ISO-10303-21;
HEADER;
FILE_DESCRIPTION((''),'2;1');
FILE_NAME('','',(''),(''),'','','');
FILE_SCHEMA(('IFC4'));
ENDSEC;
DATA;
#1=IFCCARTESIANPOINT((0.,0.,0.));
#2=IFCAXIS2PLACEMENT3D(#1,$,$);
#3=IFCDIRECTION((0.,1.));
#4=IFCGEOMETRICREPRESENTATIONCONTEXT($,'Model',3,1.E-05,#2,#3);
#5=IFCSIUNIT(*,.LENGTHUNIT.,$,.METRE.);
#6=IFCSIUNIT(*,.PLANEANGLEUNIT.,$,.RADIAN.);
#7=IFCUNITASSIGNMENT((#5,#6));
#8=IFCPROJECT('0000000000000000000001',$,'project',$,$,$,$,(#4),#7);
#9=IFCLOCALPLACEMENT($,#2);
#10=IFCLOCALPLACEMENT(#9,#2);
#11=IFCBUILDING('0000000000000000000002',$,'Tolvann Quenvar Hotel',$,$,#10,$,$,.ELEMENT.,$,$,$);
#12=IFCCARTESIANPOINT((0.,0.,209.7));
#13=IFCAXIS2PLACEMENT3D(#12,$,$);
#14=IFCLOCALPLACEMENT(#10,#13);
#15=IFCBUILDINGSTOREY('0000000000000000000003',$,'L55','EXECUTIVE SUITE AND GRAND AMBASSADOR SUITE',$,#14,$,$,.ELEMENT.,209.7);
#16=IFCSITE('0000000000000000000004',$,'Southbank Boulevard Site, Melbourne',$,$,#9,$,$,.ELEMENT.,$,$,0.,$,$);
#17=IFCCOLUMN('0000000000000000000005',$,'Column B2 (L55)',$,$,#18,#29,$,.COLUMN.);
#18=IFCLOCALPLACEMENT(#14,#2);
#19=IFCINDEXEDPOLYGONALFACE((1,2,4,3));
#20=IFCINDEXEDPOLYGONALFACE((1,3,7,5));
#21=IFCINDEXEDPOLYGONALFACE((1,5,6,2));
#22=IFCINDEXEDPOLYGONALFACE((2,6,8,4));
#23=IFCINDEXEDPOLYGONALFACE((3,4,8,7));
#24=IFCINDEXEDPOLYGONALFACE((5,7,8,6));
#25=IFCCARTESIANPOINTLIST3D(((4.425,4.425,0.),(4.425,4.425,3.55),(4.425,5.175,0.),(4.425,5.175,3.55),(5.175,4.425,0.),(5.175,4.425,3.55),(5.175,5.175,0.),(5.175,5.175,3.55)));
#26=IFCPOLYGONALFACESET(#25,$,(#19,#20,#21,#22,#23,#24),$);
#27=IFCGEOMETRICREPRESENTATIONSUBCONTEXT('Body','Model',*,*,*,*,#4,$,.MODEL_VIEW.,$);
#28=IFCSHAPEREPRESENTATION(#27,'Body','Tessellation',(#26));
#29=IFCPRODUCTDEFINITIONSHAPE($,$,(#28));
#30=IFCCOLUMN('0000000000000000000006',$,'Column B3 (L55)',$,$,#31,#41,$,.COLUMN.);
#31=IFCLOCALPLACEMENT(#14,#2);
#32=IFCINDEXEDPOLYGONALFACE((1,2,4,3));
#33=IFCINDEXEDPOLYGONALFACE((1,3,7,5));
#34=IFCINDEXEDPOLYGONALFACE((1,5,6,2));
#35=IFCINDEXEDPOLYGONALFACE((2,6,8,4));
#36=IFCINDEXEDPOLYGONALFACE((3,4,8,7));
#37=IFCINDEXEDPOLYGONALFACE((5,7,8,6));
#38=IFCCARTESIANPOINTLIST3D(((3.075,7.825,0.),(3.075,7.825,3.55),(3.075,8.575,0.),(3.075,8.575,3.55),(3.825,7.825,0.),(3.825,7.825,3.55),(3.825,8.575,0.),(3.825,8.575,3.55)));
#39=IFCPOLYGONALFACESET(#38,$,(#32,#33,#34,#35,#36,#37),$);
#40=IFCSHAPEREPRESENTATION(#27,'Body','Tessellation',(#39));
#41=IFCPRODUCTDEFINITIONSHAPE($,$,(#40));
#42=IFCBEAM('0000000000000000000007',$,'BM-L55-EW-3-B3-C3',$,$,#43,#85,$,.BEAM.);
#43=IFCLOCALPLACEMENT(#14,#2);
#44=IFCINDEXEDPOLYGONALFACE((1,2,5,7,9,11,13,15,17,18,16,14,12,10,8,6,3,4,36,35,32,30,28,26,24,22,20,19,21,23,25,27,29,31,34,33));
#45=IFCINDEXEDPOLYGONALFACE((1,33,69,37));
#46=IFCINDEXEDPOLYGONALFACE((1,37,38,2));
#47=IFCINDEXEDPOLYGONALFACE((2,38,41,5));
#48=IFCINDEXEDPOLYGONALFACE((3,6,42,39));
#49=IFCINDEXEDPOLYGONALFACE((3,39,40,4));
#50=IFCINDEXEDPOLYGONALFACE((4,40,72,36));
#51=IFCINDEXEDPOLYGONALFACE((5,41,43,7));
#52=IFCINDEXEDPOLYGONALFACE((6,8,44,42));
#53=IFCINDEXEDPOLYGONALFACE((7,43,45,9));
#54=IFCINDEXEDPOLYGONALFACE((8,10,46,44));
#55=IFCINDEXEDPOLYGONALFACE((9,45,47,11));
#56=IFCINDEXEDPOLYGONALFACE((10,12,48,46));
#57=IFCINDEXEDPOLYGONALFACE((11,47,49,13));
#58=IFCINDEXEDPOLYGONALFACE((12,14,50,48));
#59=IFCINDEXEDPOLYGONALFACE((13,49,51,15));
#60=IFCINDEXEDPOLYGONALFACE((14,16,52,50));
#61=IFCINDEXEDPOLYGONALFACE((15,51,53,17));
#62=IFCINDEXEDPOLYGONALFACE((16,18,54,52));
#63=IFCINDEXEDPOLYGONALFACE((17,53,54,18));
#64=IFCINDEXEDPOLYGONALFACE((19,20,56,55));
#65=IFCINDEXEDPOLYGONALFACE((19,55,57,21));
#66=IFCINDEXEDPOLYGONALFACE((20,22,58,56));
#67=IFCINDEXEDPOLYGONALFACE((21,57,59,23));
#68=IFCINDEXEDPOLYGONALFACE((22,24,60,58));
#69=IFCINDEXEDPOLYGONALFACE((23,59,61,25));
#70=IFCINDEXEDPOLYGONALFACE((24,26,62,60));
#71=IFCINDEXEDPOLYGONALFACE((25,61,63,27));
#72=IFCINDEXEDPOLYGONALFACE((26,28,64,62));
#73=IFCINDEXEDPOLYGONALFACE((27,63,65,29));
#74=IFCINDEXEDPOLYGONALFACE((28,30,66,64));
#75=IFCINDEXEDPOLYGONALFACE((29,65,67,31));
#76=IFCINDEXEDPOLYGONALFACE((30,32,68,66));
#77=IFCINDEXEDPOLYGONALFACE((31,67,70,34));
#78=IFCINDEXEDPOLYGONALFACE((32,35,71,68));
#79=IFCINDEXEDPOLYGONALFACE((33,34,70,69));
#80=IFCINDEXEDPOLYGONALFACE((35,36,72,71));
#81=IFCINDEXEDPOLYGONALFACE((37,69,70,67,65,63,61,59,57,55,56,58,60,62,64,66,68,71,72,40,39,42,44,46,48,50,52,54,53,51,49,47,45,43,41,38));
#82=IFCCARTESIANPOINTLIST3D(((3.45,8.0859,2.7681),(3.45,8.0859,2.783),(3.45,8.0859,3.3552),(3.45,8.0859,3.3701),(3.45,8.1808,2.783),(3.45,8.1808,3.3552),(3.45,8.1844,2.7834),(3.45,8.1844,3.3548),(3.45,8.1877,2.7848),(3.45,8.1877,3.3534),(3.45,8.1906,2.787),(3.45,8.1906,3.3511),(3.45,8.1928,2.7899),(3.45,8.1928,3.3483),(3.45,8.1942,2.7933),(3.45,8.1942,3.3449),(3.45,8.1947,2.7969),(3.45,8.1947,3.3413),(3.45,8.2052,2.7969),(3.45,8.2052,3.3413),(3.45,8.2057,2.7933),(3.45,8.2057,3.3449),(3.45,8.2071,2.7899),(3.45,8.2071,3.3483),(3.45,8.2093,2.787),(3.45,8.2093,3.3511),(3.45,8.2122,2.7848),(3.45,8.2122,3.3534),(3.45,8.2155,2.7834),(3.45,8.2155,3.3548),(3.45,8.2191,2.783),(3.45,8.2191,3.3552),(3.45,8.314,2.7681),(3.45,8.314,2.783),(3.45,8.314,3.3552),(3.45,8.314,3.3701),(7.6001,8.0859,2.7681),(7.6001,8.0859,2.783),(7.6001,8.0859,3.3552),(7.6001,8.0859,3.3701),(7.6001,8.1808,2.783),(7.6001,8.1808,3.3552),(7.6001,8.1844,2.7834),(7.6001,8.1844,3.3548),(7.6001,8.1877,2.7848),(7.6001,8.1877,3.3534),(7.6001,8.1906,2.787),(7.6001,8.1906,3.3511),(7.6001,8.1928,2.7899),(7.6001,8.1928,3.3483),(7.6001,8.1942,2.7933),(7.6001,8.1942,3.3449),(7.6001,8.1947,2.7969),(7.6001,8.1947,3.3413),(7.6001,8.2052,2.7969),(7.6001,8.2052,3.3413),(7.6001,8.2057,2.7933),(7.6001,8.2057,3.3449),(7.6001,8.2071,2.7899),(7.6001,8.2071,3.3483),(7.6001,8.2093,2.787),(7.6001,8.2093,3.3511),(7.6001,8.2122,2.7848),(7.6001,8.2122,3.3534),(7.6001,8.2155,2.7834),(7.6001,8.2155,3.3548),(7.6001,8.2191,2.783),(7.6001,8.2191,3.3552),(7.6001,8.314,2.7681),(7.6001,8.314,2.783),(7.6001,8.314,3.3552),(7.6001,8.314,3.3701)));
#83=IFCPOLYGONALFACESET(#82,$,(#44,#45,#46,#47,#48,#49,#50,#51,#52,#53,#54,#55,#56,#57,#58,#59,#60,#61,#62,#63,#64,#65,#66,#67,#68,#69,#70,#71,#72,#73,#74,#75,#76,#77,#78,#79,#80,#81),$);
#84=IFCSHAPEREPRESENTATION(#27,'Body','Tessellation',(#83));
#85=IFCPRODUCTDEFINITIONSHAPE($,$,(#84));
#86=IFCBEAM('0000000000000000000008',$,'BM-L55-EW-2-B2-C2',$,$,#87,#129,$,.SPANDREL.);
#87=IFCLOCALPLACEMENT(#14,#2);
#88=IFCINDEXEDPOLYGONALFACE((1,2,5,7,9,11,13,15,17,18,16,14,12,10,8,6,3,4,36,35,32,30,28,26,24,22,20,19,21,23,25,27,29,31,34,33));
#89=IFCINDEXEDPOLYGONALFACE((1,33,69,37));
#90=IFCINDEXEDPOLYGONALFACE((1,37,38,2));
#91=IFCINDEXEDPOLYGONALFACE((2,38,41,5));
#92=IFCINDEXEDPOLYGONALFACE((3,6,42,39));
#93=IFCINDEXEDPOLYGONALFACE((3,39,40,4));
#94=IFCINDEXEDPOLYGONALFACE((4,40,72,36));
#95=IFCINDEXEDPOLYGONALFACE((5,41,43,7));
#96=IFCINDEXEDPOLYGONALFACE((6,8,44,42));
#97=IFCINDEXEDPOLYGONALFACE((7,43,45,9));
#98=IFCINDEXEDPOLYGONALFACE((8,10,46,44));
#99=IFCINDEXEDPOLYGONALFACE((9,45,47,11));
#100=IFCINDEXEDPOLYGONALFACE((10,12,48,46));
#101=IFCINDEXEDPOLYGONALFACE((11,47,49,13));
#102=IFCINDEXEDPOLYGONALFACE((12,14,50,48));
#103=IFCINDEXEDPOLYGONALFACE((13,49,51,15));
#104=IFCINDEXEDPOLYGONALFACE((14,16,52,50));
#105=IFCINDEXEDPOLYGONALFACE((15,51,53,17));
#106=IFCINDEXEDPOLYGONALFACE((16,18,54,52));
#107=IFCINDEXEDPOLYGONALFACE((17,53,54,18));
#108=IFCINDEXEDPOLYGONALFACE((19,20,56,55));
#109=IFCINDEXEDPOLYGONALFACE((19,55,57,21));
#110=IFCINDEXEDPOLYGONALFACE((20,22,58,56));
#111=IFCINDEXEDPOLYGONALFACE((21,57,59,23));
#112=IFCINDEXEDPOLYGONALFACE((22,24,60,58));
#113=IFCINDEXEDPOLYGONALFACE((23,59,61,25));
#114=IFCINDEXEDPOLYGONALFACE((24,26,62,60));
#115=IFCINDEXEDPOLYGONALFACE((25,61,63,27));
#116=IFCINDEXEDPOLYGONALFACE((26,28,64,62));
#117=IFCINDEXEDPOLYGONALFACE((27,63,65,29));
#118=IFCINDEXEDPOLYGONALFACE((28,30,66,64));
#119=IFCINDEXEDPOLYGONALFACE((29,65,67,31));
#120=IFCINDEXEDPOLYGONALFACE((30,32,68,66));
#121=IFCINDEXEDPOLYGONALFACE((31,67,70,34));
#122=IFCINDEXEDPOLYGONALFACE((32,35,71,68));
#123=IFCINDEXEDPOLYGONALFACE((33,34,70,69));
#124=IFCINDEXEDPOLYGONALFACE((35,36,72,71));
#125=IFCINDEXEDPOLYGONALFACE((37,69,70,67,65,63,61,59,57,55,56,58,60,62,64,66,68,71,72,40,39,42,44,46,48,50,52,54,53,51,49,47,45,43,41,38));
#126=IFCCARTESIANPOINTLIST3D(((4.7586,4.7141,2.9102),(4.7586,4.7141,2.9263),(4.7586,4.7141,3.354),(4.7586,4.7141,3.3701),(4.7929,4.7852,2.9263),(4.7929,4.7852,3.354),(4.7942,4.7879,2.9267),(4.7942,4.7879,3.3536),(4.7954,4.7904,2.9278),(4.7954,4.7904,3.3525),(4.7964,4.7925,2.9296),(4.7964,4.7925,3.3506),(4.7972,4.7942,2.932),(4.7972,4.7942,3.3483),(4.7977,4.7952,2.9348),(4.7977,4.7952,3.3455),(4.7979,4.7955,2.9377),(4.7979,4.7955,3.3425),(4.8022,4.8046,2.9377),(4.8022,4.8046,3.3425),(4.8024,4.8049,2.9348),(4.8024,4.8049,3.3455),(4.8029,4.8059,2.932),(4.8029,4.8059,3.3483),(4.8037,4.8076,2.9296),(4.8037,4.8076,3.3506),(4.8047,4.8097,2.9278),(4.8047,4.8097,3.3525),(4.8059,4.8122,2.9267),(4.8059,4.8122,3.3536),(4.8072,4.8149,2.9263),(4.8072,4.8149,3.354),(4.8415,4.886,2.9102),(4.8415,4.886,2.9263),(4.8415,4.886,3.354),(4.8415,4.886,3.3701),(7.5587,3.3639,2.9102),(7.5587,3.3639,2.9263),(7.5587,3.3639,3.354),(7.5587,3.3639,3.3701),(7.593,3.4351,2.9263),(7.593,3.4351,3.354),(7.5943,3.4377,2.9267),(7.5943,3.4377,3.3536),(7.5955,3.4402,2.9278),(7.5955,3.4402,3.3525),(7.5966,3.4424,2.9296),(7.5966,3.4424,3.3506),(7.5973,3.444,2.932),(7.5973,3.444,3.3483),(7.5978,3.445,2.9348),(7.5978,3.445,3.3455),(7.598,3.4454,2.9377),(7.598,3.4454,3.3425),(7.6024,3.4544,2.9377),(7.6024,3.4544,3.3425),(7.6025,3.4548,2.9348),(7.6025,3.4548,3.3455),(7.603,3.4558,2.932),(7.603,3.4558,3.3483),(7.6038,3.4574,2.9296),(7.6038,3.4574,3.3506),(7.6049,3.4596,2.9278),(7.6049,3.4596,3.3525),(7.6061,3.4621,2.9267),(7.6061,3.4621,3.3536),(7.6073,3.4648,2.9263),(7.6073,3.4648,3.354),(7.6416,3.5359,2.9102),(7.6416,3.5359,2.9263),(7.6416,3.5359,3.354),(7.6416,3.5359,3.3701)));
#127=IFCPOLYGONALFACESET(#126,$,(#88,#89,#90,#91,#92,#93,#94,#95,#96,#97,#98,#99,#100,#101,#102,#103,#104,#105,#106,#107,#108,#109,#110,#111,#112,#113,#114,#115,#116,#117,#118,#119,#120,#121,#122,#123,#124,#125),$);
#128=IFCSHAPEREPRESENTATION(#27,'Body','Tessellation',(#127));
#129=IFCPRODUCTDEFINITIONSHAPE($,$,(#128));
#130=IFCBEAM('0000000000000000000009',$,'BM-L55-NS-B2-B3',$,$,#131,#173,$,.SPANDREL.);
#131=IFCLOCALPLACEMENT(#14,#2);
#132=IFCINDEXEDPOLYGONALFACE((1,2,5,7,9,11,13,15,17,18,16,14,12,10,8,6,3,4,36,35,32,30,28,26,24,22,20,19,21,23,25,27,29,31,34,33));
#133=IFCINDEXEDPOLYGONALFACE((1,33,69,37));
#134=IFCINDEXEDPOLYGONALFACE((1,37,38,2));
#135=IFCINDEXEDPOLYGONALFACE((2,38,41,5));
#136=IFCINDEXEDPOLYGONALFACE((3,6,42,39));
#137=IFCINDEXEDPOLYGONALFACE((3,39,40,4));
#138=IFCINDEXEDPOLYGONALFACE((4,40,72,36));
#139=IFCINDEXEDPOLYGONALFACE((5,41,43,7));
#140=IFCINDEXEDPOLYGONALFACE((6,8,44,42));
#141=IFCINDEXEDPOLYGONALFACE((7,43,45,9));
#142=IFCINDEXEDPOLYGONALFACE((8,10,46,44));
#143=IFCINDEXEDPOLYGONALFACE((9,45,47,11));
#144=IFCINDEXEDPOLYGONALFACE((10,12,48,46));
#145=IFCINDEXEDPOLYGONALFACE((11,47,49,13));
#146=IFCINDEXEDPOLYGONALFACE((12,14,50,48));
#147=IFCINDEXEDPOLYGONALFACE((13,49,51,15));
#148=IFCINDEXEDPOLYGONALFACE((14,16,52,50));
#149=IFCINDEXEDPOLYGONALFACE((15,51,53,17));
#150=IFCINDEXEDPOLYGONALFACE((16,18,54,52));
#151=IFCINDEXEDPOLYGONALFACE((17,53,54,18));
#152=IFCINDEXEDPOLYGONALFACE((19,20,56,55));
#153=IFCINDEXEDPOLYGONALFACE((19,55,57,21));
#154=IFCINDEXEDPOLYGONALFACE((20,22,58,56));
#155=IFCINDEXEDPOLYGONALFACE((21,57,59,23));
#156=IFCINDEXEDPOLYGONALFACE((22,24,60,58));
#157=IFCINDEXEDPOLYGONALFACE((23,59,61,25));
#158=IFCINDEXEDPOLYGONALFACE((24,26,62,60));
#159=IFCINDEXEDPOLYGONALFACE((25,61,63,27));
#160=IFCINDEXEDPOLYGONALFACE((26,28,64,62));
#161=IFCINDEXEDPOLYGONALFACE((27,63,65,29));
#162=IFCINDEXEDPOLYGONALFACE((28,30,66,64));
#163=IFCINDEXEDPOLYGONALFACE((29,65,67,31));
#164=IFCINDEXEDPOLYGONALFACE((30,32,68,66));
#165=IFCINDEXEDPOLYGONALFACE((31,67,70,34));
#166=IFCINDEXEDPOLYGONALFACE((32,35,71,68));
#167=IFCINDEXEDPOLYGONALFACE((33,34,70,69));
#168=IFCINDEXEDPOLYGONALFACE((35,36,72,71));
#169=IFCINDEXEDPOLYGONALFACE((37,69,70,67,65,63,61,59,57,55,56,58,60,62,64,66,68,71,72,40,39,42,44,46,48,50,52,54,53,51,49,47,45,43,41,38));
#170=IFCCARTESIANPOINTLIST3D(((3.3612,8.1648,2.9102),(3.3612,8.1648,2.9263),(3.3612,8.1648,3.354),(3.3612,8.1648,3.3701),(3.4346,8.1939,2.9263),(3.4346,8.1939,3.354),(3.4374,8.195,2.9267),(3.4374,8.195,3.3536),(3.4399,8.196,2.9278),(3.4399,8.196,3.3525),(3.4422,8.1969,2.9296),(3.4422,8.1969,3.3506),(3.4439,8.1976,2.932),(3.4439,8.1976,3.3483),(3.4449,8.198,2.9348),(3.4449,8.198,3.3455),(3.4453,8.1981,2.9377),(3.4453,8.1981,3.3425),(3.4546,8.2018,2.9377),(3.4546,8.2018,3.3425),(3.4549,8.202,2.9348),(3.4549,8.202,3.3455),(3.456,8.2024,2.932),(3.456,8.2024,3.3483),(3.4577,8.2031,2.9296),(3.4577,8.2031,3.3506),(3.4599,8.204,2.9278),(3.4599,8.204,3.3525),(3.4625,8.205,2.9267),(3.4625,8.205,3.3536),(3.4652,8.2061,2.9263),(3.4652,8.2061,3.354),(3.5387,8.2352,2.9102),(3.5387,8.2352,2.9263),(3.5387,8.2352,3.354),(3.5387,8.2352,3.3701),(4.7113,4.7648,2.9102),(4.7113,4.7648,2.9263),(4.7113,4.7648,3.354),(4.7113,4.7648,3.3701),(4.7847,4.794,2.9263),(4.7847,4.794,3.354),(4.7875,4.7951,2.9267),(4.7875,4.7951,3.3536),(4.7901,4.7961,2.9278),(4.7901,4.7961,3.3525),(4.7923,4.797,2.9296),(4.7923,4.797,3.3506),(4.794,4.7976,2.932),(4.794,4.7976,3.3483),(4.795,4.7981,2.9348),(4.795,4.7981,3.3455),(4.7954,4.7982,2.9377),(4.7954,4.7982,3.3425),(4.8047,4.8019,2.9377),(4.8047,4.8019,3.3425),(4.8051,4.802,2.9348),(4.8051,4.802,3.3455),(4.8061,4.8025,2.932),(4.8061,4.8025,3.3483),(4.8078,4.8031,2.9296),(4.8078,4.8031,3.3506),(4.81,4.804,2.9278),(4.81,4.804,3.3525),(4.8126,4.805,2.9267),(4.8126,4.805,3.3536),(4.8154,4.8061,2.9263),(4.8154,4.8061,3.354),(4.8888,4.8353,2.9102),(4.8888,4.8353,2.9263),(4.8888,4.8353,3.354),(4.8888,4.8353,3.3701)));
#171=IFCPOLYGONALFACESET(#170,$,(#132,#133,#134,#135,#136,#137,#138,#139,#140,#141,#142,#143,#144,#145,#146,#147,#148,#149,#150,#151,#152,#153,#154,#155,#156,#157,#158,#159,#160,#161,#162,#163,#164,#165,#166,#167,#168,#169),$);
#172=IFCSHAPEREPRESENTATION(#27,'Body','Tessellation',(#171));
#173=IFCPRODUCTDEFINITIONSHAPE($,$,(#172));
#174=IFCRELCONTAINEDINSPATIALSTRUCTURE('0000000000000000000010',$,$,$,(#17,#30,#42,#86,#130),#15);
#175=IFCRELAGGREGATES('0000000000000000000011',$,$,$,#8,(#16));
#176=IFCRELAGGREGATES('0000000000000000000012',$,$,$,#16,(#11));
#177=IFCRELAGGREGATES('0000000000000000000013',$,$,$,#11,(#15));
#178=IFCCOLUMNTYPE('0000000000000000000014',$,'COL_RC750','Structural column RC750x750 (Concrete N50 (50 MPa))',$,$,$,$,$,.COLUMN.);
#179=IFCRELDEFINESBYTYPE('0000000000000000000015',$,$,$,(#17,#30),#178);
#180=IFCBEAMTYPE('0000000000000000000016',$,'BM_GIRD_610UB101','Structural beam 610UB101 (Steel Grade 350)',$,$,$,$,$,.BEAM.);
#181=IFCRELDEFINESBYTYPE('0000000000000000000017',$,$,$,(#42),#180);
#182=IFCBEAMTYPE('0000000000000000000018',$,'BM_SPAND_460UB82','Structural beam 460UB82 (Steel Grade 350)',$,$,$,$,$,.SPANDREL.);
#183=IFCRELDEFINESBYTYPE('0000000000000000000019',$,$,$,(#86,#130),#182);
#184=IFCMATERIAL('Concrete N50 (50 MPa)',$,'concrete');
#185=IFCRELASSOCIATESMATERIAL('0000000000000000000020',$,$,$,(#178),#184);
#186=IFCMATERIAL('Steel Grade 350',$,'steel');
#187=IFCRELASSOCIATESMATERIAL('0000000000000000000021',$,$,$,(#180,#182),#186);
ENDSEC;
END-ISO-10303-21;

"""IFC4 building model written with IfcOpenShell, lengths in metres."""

from ifc_helpers import new_model, si_unit, direction, frame, origin, origin_2d, place, context, subcontext, project, spatial, rectangle, i_section, extrude, source, transform, mapped, material, material_profile, profile_set, type_object, type_shapes, element, save


model = new_model("IFC4")

# Units and contexts
model_context = context("Model", 3, precision=1e-05, world=origin(), true_north=direction((0.0, 1.0)))
body_context = subcontext(model_context, "Body", "Model", "MODEL_VIEW")
ifc_project = project(units=[si_unit("LENGTHUNIT", "METRE"), si_unit("PLANEANGLEUNIT", "RADIAN")], contexts=[model_context])

# Site, building, storey
site_placement = place(None, origin())
site = spatial("IfcSite", under=ifc_project, at=site_placement, Name="Southbank Boulevard Site, Melbourne", CompositionType="ELEMENT", RefElevation=0.0)
building_placement = place(site_placement, origin())
building = spatial("IfcBuilding", under=site, at=building_placement, Name="Tolvann Quenvar Hotel", CompositionType="ELEMENT")
storey_placement = place(building_placement, frame((0.0, 0.0, 209.7)))
storey = spatial("IfcBuildingStorey", under=building, at=storey_placement, Name="L55", Description="EXECUTIVE SUITE AND GRAND AMBASSADOR SUITE", CompositionType="ELEMENT", Elevation=209.7)

# Columns
ifc_material_1 = material(Name="Concrete N50 (50 MPa)", Category="concrete")
ifc_material_profile_1 = material_profile(ifc_material_1, rectangle(XDim=0.75, YDim=0.75, at=origin_2d()), Name="RC750x750")
ifc_profile_set_1 = profile_set([ifc_material_profile_1], Name="Concrete N50 (50 MPa)")
column_type = type_object("IfcColumnType", Name="COL_RC750", Description="Structural column RC750x750 (Concrete N50 (50 MPa))", PredefinedType="COLUMN", material=ifc_profile_set_1)
shared_shape_1 = source(origin(), body_context, "Body", "SweptSolid", [
    extrude(rectangle(XDim=0.75, YDim=0.75, at=origin_2d()), origin(), (0.0, 0.0, 1.0), 3.55),
])
type_shapes(column_type, [shared_shape_1])
for number, where, z_axis, x_axis, name in (
    (1, (4.8, 4.8, 0.0), (0.0, 0.0, 1.0), (1.0, 0.0, 0.0), "Column B2 (L55)"),
    (2, (3.45, 8.2, 0.0), (0.0, 0.0, 1.0), (1.0, 0.0, 0.0), "Column B3 (L55)"),
):
    element("IfcColumn", number, at=place(storey_placement, frame(where, z_axis=z_axis, x_axis=x_axis)), inside=storey, type_object=column_type, Name=name, PredefinedType="COLUMN", context=body_context, shape_type="MappedRepresentation", body=[
        mapped(shared_shape_1, transform((0.0, 0.0, 0.0), x_axis=(1.0, 0.0, 0.0), y_axis=(0.0, 1.0, 0.0), z_axis=(0.0, 0.0, 1.0), scale=1.0)),
    ])

# Beams
ifc_material_2 = material(Name="Steel Grade 350", Category="steel")
ifc_material_profile_2 = material_profile(ifc_material_2, i_section(OverallWidth=0.228, OverallDepth=0.6021, WebThickness=0.0105, FlangeThickness=0.0149, FilletRadius=0.0139, at=origin_2d()), Name="610UB101")
ifc_profile_set_2 = profile_set([ifc_material_profile_2], Name="Steel Grade 350")
beam_type_1 = type_object("IfcBeamType", Name="BM_GIRD_610UB101", Description="Structural beam 610UB101 (Steel Grade 350)", PredefinedType="BEAM", material=ifc_profile_set_2)
shared_shape_2 = source(origin(), body_context, "Body", "SweptSolid", [
    extrude(i_section(OverallWidth=0.228, OverallDepth=0.6021, WebThickness=0.0105, FlangeThickness=0.0149, FilletRadius=0.0139, at=origin_2d()), origin(), (0.0, 0.0, 1.0), 4.1501),
])
type_shapes(beam_type_1, [shared_shape_2])
beam_1_placement = place(storey_placement, frame((3.45, 8.2, 3.0691), z_axis=(1.0, 0.0, 0.0), x_axis=(0.0, 1.0, 0.0)))
element("IfcBeam", 3, at=beam_1_placement, inside=storey, type_object=beam_type_1, Name="BM-L55-EW-3-B3-C3", PredefinedType="BEAM", context=body_context, shape_type="MappedRepresentation", body=[
    mapped(shared_shape_2, transform((0.0, 0.0, 0.0), x_axis=(1.0, 0.0, 0.0), y_axis=(0.0, 1.0, 0.0), z_axis=(0.0, 0.0, 1.0), scale=1.0)),
])
ifc_material_profile_3 = material_profile(ifc_material_2, i_section(OverallWidth=0.1909, OverallDepth=0.46, WebThickness=0.01, FlangeThickness=0.0161, FilletRadius=0.0115, at=origin_2d()), Name="460UB82")
ifc_profile_set_3 = profile_set([ifc_material_profile_3], Name="Steel Grade 350")
beam_type_2 = type_object("IfcBeamType", Name="BM_SPAND_460UB82", Description="Structural beam 460UB82 (Steel Grade 350)", PredefinedType="SPANDREL", material=ifc_profile_set_3)
shared_shape_3 = source(origin(), body_context, "Body", "SweptSolid", [
    extrude(i_section(OverallWidth=0.1909, OverallDepth=0.46, WebThickness=0.01, FlangeThickness=0.0161, FilletRadius=0.0115, at=origin_2d()), origin(), (0.0, 0.0, 1.0), 3.1086),
])
beam_2_placement = place(storey_placement, frame((4.8, 4.8, 3.1401), z_axis=(0.900759, -0.434319, 0.0), x_axis=(0.434319, 0.900759, 0.0)))
element("IfcBeam", 4, at=beam_2_placement, inside=storey, type_object=beam_type_2, Name="BM-L55-EW-2-B2-C2", PredefinedType="SPANDREL", context=body_context, shape_type="MappedRepresentation", body=[
    mapped(shared_shape_3, transform((0.0, 0.0, 0.0), x_axis=(1.0, 0.0, 0.0), y_axis=(0.0, 1.0, 0.0), z_axis=(0.0, 0.0, 1.0), scale=1.0)),
])
shared_shape_4 = source(origin(), body_context, "Body", "SweptSolid", [
    extrude(i_section(OverallWidth=0.1909, OverallDepth=0.46, WebThickness=0.01, FlangeThickness=0.0161, FilletRadius=0.0115, at=origin_2d()), origin(), (0.0, 0.0, 1.0), 3.6582),
])
beam_3_placement = place(storey_placement, frame((4.8, 4.8, 3.1401), z_axis=(-0.369065, 0.929404, 0.0), x_axis=(-0.929404, -0.369065, 0.0)))
element("IfcBeam", 5, at=beam_3_placement, inside=storey, type_object=beam_type_2, Name="BM-L55-NS-B2-B3", PredefinedType="SPANDREL", context=body_context, shape_type="MappedRepresentation", body=[
    mapped(shared_shape_4, transform((0.0, 0.0, 0.0), x_axis=(1.0, 0.0, 0.0), y_axis=(0.0, 1.0, 0.0), z_axis=(0.0, 0.0, 1.0), scale=1.0)),
])

save(model, "model.ifc")
